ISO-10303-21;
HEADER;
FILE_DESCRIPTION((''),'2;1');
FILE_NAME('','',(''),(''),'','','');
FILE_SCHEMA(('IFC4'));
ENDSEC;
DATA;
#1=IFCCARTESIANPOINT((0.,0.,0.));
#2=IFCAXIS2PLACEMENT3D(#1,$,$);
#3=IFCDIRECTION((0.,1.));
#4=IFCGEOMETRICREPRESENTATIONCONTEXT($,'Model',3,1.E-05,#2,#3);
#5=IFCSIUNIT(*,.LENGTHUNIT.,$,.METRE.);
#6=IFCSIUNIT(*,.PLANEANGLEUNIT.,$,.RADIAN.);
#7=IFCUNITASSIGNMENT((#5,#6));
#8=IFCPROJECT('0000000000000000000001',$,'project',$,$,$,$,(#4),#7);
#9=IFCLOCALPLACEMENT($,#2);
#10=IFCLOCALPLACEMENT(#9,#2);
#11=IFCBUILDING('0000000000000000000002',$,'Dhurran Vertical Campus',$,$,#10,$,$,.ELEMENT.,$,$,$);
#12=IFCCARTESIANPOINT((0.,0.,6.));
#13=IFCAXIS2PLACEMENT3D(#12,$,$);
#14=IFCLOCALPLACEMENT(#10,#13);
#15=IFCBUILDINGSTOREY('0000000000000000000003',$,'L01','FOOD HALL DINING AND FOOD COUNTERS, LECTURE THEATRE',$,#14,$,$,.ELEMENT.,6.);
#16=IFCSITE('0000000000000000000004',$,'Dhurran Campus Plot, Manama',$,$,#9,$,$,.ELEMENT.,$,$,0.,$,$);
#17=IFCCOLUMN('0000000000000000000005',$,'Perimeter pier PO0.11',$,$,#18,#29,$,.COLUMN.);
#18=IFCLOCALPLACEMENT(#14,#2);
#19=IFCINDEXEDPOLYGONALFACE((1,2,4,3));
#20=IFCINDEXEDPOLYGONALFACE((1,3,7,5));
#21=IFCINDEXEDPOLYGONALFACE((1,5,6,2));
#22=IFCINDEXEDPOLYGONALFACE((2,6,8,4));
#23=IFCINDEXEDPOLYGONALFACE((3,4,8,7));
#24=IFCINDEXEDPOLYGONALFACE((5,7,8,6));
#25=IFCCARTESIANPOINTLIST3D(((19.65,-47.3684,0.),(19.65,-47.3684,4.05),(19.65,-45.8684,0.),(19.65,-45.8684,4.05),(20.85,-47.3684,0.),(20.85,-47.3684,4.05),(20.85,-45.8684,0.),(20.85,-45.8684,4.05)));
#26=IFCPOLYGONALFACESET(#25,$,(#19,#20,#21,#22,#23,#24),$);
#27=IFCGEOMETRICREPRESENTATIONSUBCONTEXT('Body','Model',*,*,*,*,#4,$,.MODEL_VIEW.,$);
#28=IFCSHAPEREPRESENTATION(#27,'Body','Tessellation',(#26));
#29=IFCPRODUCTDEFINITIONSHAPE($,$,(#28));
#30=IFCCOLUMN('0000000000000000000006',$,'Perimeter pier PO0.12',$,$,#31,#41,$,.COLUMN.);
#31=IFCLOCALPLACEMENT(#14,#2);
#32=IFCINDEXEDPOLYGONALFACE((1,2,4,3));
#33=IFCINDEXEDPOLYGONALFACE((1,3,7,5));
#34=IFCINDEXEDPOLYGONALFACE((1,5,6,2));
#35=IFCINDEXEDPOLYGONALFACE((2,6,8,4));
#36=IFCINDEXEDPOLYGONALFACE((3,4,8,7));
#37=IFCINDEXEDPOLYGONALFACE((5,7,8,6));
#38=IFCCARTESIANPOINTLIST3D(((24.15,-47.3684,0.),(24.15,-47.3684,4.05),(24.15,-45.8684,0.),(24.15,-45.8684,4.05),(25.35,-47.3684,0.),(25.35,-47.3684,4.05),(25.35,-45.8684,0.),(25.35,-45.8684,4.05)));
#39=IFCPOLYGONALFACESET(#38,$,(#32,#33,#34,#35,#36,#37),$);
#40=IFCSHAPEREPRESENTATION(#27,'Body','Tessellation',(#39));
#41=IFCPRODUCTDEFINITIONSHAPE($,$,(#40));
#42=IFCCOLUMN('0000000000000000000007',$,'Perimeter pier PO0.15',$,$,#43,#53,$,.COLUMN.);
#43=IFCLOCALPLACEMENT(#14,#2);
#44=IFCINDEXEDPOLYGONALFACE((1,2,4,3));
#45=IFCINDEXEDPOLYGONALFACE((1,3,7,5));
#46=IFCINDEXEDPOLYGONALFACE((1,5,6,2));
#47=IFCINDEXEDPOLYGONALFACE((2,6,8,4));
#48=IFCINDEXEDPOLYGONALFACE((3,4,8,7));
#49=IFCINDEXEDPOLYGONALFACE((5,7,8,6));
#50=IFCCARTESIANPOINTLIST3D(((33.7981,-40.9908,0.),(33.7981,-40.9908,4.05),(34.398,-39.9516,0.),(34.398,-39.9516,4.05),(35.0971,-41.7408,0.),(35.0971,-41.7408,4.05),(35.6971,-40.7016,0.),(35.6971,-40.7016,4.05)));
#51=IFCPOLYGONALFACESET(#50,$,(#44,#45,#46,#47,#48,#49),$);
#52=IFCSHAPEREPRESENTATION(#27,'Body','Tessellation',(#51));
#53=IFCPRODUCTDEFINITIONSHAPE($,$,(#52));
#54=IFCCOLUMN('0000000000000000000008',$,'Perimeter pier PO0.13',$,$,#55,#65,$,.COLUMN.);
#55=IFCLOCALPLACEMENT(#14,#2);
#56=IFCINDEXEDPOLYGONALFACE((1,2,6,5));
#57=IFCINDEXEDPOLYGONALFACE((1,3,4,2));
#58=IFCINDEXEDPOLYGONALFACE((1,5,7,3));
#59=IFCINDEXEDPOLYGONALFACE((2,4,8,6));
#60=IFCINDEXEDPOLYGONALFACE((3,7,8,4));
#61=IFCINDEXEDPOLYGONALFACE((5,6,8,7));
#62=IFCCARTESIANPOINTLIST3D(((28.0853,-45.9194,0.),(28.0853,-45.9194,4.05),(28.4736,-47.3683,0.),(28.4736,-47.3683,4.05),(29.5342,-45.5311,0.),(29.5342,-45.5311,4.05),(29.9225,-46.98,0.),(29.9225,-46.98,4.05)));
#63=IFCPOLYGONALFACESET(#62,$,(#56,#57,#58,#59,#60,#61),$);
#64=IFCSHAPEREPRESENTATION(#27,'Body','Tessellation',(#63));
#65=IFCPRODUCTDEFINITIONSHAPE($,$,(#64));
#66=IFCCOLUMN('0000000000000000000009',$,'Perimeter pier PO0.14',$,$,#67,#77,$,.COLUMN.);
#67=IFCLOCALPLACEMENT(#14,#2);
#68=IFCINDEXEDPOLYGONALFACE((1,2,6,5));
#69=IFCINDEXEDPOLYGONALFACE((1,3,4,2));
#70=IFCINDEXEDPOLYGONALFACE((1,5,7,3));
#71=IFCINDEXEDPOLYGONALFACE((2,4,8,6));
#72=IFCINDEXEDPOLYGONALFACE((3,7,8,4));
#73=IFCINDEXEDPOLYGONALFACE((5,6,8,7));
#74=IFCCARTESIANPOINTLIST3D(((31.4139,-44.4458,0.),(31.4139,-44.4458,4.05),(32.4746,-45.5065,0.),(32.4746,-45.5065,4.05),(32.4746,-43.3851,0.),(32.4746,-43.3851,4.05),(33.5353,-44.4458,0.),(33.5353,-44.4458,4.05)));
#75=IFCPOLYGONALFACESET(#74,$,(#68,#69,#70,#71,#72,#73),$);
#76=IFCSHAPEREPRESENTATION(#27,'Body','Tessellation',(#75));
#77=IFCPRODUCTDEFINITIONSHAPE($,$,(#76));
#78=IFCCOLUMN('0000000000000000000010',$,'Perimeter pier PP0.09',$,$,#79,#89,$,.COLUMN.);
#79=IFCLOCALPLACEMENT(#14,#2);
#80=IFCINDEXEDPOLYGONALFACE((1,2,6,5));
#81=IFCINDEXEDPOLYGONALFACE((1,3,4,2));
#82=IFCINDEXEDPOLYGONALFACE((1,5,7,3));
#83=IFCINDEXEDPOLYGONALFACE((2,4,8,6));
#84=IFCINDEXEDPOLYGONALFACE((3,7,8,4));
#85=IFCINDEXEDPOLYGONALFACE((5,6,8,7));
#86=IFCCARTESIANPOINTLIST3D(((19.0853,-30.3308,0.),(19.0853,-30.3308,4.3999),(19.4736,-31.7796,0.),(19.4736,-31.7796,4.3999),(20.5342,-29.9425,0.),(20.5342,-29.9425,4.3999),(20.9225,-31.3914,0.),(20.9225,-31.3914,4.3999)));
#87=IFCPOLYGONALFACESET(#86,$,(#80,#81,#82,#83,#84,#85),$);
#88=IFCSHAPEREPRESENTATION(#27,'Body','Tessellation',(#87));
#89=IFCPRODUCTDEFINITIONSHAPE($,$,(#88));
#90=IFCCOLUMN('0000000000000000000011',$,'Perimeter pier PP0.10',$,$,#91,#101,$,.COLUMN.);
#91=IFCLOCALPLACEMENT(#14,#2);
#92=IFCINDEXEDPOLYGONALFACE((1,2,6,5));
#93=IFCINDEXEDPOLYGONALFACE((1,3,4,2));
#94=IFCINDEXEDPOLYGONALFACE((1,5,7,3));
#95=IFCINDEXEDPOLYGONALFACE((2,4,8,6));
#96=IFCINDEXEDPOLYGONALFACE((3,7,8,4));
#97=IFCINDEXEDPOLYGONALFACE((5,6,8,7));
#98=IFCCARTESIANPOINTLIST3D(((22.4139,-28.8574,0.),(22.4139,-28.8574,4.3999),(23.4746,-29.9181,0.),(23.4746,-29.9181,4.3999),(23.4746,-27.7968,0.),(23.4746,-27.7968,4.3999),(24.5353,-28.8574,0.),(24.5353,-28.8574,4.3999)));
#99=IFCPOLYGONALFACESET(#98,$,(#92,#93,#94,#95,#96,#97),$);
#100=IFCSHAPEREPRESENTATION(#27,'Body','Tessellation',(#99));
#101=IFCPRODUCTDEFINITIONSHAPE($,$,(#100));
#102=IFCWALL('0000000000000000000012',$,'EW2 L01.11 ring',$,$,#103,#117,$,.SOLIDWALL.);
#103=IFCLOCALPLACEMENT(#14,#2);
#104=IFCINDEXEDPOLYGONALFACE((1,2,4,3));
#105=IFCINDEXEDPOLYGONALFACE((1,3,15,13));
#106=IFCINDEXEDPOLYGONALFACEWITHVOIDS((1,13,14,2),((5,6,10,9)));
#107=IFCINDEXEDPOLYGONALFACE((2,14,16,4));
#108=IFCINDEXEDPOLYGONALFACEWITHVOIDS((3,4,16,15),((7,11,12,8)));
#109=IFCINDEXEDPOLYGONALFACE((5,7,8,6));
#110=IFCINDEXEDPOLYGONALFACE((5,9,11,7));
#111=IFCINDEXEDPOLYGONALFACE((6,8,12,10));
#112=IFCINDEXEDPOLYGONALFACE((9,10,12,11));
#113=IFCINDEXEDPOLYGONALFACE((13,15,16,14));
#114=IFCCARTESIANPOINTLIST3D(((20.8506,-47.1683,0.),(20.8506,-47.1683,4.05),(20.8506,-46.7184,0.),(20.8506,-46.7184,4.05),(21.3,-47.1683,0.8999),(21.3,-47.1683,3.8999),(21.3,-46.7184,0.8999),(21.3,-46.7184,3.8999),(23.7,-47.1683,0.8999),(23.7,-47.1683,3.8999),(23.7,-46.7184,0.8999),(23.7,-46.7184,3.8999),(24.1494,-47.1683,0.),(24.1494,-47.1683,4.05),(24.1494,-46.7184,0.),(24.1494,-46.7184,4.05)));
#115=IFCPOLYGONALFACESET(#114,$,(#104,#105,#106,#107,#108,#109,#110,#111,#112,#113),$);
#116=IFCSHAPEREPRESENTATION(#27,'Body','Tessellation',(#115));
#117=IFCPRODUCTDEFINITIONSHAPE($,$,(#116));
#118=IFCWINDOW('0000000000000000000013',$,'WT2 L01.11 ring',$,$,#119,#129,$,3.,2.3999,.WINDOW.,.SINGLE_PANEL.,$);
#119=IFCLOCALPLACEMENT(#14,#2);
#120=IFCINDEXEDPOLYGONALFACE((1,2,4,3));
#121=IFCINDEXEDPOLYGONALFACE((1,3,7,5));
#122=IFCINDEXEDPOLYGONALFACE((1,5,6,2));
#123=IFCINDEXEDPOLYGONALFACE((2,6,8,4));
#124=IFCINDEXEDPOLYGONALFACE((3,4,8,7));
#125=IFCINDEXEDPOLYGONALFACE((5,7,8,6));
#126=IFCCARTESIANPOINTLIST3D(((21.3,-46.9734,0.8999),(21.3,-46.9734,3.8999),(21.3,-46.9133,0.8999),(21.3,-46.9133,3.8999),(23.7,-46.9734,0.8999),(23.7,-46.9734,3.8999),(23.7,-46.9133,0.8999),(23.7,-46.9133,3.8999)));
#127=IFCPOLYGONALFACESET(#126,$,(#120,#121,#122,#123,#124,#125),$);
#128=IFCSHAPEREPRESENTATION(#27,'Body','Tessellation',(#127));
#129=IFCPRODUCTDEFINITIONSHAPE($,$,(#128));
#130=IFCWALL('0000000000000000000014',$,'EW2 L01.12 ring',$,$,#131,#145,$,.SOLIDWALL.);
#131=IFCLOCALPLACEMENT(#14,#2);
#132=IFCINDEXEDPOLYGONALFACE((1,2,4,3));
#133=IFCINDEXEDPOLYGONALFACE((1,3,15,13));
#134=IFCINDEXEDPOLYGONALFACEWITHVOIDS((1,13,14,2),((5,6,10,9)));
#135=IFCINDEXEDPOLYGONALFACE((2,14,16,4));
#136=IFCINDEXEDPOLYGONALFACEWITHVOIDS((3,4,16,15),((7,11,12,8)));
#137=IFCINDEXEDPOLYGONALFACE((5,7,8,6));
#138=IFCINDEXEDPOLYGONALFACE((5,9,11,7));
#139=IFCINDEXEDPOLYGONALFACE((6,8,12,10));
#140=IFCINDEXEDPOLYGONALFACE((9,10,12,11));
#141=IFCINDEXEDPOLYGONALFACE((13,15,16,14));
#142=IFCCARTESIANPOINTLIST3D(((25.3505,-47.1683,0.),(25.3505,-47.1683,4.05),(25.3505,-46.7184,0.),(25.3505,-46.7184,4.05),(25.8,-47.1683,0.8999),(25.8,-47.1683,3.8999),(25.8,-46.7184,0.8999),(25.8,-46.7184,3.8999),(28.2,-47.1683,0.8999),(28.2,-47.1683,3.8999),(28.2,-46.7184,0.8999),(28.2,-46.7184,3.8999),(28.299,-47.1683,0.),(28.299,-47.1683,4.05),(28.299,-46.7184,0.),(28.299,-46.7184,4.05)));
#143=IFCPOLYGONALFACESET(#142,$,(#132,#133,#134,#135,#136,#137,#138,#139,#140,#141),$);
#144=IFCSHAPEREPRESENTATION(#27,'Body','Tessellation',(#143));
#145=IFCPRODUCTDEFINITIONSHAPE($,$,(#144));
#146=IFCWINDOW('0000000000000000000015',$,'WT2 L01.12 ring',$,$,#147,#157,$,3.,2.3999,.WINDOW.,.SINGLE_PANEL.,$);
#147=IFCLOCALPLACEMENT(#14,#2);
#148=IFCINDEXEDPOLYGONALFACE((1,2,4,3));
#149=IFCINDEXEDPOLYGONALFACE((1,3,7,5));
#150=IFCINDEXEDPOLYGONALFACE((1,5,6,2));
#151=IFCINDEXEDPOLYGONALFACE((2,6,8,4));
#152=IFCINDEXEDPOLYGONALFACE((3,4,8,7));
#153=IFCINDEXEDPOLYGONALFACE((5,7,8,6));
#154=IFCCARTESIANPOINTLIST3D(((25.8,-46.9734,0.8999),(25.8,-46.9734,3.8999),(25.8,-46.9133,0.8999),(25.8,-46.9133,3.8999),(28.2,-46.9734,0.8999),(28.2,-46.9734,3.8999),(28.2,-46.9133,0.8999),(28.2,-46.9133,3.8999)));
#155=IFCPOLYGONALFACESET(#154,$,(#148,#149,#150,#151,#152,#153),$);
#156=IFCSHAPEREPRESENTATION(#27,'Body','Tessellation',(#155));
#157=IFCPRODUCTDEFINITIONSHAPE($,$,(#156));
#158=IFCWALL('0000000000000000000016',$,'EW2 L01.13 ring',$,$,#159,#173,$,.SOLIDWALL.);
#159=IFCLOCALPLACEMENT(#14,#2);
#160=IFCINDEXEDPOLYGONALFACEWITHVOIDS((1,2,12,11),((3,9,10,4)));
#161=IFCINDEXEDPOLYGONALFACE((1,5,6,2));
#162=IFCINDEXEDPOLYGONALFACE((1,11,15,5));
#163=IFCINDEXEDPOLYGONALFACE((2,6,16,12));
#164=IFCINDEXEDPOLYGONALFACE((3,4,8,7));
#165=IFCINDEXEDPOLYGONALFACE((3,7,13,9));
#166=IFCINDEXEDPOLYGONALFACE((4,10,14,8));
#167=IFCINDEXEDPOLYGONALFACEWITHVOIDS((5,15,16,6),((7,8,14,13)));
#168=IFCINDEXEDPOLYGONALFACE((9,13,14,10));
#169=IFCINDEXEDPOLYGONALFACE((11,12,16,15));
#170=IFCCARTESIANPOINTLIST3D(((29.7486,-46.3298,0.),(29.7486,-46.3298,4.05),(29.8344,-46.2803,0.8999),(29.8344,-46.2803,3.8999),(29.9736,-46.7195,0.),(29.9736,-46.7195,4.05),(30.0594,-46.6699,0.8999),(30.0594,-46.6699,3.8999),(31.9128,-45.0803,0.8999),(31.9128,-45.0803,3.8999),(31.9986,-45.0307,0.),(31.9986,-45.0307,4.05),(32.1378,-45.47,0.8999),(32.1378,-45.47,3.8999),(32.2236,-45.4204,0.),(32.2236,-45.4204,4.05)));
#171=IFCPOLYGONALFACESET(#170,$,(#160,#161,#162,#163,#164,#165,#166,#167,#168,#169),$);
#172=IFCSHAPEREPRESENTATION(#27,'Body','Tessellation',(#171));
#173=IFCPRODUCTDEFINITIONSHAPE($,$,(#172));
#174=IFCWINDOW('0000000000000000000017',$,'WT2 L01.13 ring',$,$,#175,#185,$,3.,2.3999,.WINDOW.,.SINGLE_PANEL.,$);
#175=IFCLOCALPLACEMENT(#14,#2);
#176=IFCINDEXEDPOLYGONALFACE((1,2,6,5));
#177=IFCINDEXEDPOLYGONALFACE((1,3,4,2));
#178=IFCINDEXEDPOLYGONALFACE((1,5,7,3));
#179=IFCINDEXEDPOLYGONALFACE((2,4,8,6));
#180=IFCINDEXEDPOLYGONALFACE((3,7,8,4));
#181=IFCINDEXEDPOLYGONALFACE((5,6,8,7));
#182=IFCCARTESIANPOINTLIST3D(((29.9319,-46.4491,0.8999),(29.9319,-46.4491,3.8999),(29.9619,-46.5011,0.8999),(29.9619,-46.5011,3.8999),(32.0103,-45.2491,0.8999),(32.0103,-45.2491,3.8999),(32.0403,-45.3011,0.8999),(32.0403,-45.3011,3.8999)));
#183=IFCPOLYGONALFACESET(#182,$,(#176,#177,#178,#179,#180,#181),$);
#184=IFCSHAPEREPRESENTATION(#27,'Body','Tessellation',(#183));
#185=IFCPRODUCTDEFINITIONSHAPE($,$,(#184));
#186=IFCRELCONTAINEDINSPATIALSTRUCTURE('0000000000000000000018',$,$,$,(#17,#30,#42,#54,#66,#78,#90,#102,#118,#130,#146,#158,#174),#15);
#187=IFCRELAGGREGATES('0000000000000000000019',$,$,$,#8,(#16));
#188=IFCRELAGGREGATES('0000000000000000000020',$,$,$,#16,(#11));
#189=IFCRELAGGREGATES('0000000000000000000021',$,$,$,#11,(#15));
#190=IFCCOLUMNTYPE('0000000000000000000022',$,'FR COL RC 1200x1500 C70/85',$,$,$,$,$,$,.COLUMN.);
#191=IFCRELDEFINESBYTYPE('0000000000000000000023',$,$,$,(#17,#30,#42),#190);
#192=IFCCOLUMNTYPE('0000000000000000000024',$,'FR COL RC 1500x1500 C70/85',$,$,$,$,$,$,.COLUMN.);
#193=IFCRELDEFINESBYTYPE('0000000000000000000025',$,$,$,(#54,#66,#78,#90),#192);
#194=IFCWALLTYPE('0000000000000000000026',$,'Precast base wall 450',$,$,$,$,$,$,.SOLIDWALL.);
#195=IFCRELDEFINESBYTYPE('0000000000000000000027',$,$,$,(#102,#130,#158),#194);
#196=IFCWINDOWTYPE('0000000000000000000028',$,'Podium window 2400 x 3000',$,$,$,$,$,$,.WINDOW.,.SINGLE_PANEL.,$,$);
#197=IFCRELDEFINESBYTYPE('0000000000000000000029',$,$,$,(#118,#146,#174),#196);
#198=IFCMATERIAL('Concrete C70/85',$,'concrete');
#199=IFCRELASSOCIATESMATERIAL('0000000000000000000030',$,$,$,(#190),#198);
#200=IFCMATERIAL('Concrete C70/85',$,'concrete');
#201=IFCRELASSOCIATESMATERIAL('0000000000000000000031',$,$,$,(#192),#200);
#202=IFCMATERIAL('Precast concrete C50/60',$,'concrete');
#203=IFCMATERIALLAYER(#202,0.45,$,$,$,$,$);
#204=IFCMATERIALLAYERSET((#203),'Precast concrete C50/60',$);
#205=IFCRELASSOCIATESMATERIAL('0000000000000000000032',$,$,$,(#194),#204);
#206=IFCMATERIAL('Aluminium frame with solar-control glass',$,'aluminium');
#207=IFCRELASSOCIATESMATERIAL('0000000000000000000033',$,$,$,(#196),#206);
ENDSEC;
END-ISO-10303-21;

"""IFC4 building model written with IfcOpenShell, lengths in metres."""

from ifc_helpers import new_model, si_unit, direction, frame, frame_2d, origin, origin_2d, place, context, subcontext, project, spatial, rectangle, extrude, material, layer, layer_set, material_profile, profile_set, type_object, element, fill, save


model = new_model("IFC4")

# Units and contexts
model_context = context("Model", 3, precision=1e-05, world=origin(), true_north=direction((0.0, 1.0)))
body_context = subcontext(model_context, "Body", "Model", "MODEL_VIEW")
ifc_project = project(units=[si_unit("LENGTHUNIT", "METRE"), si_unit("PLANEANGLEUNIT", "RADIAN")], contexts=[model_context])

# Site, building, storey
site_placement = place(None, origin())
site = spatial("IfcSite", under=ifc_project, at=site_placement, Name="Dhurran Campus Plot, Manama", CompositionType="ELEMENT", RefElevation=0.0)
building_placement = place(site_placement, origin())
building = spatial("IfcBuilding", under=site, at=building_placement, Name="Dhurran Vertical Campus", CompositionType="ELEMENT")
storey_placement = place(building_placement, frame((0.0, 0.0, 6.0)))
storey = spatial("IfcBuildingStorey", under=building, at=storey_placement, Name="L01", Description="FOOD HALL DINING AND FOOD COUNTERS, LECTURE THEATRE", CompositionType="ELEMENT", Elevation=6.0)

# Columns
ifc_material_1 = material(Name="Concrete C70/85", Category="concrete")
ifc_material_profile_1 = material_profile(ifc_material_1, rectangle(XDim=1.2, YDim=1.5, at=origin_2d()), Name="RC 1200x1500")
ifc_profile_set_1 = profile_set([ifc_material_profile_1], Name="Concrete C70/85")
column_type_1 = type_object("IfcColumnType", Name="FR COL RC 1200x1500 C70/85", PredefinedType="COLUMN", material=ifc_profile_set_1)
for number, where, z_axis, x_axis, name in (
    (1, (20.25, -46.6184, 0.0), (0.0, 0.0, 1.0), (1.0, 0.0, 0.0), "Perimeter pier PO0.11"),
    (2, (24.75, -46.6184, 0.0), (0.0, 0.0, 1.0), (1.0, 0.0, 0.0), "Perimeter pier PO0.12"),
    (3, (34.7476, -40.8462, 0.0), (0.0, 0.0, 1.0), (0.5, 0.866025, 0.0), "Perimeter pier PO0.15"),
):
    element("IfcColumn", number, at=place(storey_placement, frame(where, z_axis=z_axis, x_axis=x_axis)), inside=storey, type_object=column_type_1, Name=name, PredefinedType="COLUMN", context=body_context, shape_type="SweptSolid", body=[
        extrude(rectangle(XDim=1.2, YDim=1.5, at=origin_2d()), origin(), (0.0, 0.0, 1.0), 4.05),
    ])
ifc_material_2 = material(Name="Concrete C70/85", Category="concrete")
ifc_material_profile_2 = material_profile(ifc_material_2, rectangle(XDim=1.5, YDim=1.5, at=origin_2d()), Name="RC 1500x1500")
ifc_profile_set_2 = profile_set([ifc_material_profile_2], Name="Concrete C70/85")
column_type_2 = type_object("IfcColumnType", Name="FR COL RC 1500x1500 C70/85", PredefinedType="COLUMN", material=ifc_profile_set_2)
for number, where, z_axis, x_axis, name in (
    (4, (29.0039, -46.4497, 0.0), (0.0, 0.0, 1.0), (0.965926, 0.258819, 0.0), "Perimeter pier PO0.13"),
    (5, (32.4746, -44.4458, 0.0), (0.0, 0.0, 1.0), (0.707107, 0.707107, 0.0), "Perimeter pier PO0.14"),
):
    element("IfcColumn", number, at=place(storey_placement, frame(where, z_axis=z_axis, x_axis=x_axis)), inside=storey, type_object=column_type_2, Name=name, PredefinedType="COLUMN", context=body_context, shape_type="SweptSolid", body=[
        extrude(rectangle(XDim=1.5, YDim=1.5, at=origin_2d()), origin(), (0.0, 0.0, 1.0), 4.05),
    ])
for number, where, z_axis, x_axis, name in (
    (6, (20.0039, -30.8611, 0.0), (0.0, 0.0, 1.0), (0.965926, 0.258819, 0.0), "Perimeter pier PP0.09"),
    (7, (23.4746, -28.8574, 0.0), (0.0, 0.0, 1.0), (0.707107, 0.707107, 0.0), "Perimeter pier PP0.10"),
):
    element("IfcColumn", number, at=place(storey_placement, frame(where, z_axis=z_axis, x_axis=x_axis)), inside=storey, type_object=column_type_2, Name=name, PredefinedType="COLUMN", context=body_context, shape_type="SweptSolid", body=[
        extrude(rectangle(XDim=1.5, YDim=1.5, at=origin_2d()), origin(), (0.0, 0.0, 1.0), 4.3999),
    ])

# Walls, openings, windows
ifc_material_3 = material(Name="Precast concrete C50/60", Category="concrete")
ifc_layer_1 = layer(ifc_material_3, 0.45)
ifc_layer_set_1 = layer_set([ifc_layer_1], Name="Precast concrete C50/60")
wall_type_1 = type_object("IfcWallType", Name="Precast base wall 450", PredefinedType="SOLIDWALL", material=ifc_layer_set_1)
wall_1_placement = place(storey_placement, frame((20.8506, -46.9434, 0.0), z_axis=(0.0, 0.0, 1.0), x_axis=(1.0, 0.0, 0.0)))
wall_1 = element("IfcWall", 8, at=wall_1_placement, inside=storey, type_object=wall_type_1, Name="EW2 L01.11 ring", PredefinedType="SOLIDWALL", context=body_context, shape_type="SweptSolid", body=[
    extrude(rectangle(XDim=3.2988, YDim=0.45, at=frame_2d((1.6494, 0.0))), origin(), (0.0, 0.0, 1.0), 4.05),
])
opening_1_placement = place(wall_1_placement, frame((0.4495, 0.0, 0.8999)))
opening_1 = element("IfcOpeningElement", 9, at=opening_1_placement, cuts=wall_1, PredefinedType="OPENING", context=body_context, shape_type="SweptSolid", body=[
    extrude(rectangle(XDim=2.3999, YDim=3.0, at=frame_2d((1.2, 1.5))), frame((0.0, 0.2349, 0.0), z_axis=(0.0, -1.0, 0.0), x_axis=(1.0, 0.0, 0.0)), (0.0, 0.0, 1.0), 0.47),
])
ifc_material_4 = material(Name="Aluminium frame with solar-control glass", Category="aluminium")
window_type = type_object("IfcWindowType", Name="Podium window 2400 x 3000", PartitioningType="SINGLE_PANEL", PredefinedType="WINDOW", material=ifc_material_4)
window_1_placement = place(opening_1_placement, origin())
window_1 = element("IfcWindow", 10, at=window_1_placement, inside=storey, type_object=window_type, Name="WT2 L01.11 ring", OverallHeight=3.0, OverallWidth=2.3999, PartitioningType="SINGLE_PANEL", PredefinedType="WINDOW", context=body_context, shape_type="SweptSolid", body=[
    extrude(rectangle(XDim=2.3999, YDim=3.0, at=frame_2d((1.2, 1.5))), frame((0.0, 0.03, 0.0), z_axis=(0.0, -1.0, 0.0), x_axis=(1.0, 0.0, 0.0)), (0.0, 0.0, 1.0), 0.0601),
])
fill(opening_1, window_1)
wall_2_placement = place(storey_placement, frame((25.3506, -46.9434, 0.0), z_axis=(0.0, 0.0, 1.0), x_axis=(1.0, 0.0, 0.0)))
wall_2 = element("IfcWall", 11, at=wall_2_placement, inside=storey, type_object=wall_type_1, Name="EW2 L01.12 ring", PredefinedType="SOLIDWALL", context=body_context, shape_type="SweptSolid", body=[
    extrude(rectangle(XDim=2.9485, YDim=0.45, at=frame_2d((1.4741, 0.0))), origin(), (0.0, 0.0, 1.0), 4.05),
])
opening_2_placement = place(wall_2_placement, frame((0.4495, 0.0, 0.8999)))
opening_2 = element("IfcOpeningElement", 12, at=opening_2_placement, cuts=wall_2, PredefinedType="OPENING", context=body_context, shape_type="SweptSolid", body=[
    extrude(rectangle(XDim=2.3999, YDim=3.0, at=frame_2d((1.2, 1.5))), frame((0.0, 0.2349, 0.0), z_axis=(0.0, -1.0, 0.0), x_axis=(1.0, 0.0, 0.0)), (0.0, 0.0, 1.0), 0.47),
])
window_2_placement = place(opening_2_placement, origin())
window_2 = element("IfcWindow", 13, at=window_2_placement, inside=storey, type_object=window_type, Name="WT2 L01.12 ring", OverallHeight=3.0, OverallWidth=2.3999, PartitioningType="SINGLE_PANEL", PredefinedType="WINDOW", context=body_context, shape_type="SweptSolid", body=[
    extrude(rectangle(XDim=2.3999, YDim=3.0, at=frame_2d((1.2, 1.5))), frame((0.0, 0.03, 0.0), z_axis=(0.0, -1.0, 0.0), x_axis=(1.0, 0.0, 0.0)), (0.0, 0.0, 1.0), 0.0601),
])
fill(opening_2, window_2)
wall_3_placement = place(storey_placement, frame((29.8611, -46.5247, 0.0), z_axis=(0.0, 0.0, 1.0), x_axis=(0.86602, 0.50001, 0.0)))
wall_3 = element("IfcWall", 14, at=wall_3_placement, inside=storey, type_object=wall_type_1, Name="EW2 L01.13 ring", PredefinedType="SOLIDWALL", context=body_context, shape_type="SweptSolid", body=[
    extrude(rectangle(XDim=2.5981, YDim=0.45, at=frame_2d((1.2991, 0.0))), origin(), (0.0, 0.0, 1.0), 4.05),
])
opening_3_placement = place(wall_3_placement, frame((0.0991, 0.0, 0.8999)))
opening_3 = element("IfcOpeningElement", 15, at=opening_3_placement, cuts=wall_3, PredefinedType="OPENING", context=body_context, shape_type="SweptSolid", body=[
    extrude(rectangle(XDim=2.3999, YDim=3.0, at=frame_2d((1.2, 1.5))), frame((0.0, 0.2349, 0.0), z_axis=(0.0, -1.0, 0.0), x_axis=(1.0, 0.0, 0.0)), (0.0, 0.0, 1.0), 0.47),
])
window_3_placement = place(opening_3_placement, origin())
window_3 = element("IfcWindow", 16, at=window_3_placement, inside=storey, type_object=window_type, Name="WT2 L01.13 ring", OverallHeight=3.0, OverallWidth=2.3999, PartitioningType="SINGLE_PANEL", PredefinedType="WINDOW", context=body_context, shape_type="SweptSolid", body=[
    extrude(rectangle(XDim=2.3999, YDim=3.0, at=frame_2d((1.2, 1.5))), frame((0.0, 0.03, 0.0), z_axis=(0.0, -1.0, 0.0), x_axis=(1.0, 0.0, 0.0)), (0.0, 0.0, 1.0), 0.0601),
])
fill(opening_3, window_3)

save(model, "model.ifc")
